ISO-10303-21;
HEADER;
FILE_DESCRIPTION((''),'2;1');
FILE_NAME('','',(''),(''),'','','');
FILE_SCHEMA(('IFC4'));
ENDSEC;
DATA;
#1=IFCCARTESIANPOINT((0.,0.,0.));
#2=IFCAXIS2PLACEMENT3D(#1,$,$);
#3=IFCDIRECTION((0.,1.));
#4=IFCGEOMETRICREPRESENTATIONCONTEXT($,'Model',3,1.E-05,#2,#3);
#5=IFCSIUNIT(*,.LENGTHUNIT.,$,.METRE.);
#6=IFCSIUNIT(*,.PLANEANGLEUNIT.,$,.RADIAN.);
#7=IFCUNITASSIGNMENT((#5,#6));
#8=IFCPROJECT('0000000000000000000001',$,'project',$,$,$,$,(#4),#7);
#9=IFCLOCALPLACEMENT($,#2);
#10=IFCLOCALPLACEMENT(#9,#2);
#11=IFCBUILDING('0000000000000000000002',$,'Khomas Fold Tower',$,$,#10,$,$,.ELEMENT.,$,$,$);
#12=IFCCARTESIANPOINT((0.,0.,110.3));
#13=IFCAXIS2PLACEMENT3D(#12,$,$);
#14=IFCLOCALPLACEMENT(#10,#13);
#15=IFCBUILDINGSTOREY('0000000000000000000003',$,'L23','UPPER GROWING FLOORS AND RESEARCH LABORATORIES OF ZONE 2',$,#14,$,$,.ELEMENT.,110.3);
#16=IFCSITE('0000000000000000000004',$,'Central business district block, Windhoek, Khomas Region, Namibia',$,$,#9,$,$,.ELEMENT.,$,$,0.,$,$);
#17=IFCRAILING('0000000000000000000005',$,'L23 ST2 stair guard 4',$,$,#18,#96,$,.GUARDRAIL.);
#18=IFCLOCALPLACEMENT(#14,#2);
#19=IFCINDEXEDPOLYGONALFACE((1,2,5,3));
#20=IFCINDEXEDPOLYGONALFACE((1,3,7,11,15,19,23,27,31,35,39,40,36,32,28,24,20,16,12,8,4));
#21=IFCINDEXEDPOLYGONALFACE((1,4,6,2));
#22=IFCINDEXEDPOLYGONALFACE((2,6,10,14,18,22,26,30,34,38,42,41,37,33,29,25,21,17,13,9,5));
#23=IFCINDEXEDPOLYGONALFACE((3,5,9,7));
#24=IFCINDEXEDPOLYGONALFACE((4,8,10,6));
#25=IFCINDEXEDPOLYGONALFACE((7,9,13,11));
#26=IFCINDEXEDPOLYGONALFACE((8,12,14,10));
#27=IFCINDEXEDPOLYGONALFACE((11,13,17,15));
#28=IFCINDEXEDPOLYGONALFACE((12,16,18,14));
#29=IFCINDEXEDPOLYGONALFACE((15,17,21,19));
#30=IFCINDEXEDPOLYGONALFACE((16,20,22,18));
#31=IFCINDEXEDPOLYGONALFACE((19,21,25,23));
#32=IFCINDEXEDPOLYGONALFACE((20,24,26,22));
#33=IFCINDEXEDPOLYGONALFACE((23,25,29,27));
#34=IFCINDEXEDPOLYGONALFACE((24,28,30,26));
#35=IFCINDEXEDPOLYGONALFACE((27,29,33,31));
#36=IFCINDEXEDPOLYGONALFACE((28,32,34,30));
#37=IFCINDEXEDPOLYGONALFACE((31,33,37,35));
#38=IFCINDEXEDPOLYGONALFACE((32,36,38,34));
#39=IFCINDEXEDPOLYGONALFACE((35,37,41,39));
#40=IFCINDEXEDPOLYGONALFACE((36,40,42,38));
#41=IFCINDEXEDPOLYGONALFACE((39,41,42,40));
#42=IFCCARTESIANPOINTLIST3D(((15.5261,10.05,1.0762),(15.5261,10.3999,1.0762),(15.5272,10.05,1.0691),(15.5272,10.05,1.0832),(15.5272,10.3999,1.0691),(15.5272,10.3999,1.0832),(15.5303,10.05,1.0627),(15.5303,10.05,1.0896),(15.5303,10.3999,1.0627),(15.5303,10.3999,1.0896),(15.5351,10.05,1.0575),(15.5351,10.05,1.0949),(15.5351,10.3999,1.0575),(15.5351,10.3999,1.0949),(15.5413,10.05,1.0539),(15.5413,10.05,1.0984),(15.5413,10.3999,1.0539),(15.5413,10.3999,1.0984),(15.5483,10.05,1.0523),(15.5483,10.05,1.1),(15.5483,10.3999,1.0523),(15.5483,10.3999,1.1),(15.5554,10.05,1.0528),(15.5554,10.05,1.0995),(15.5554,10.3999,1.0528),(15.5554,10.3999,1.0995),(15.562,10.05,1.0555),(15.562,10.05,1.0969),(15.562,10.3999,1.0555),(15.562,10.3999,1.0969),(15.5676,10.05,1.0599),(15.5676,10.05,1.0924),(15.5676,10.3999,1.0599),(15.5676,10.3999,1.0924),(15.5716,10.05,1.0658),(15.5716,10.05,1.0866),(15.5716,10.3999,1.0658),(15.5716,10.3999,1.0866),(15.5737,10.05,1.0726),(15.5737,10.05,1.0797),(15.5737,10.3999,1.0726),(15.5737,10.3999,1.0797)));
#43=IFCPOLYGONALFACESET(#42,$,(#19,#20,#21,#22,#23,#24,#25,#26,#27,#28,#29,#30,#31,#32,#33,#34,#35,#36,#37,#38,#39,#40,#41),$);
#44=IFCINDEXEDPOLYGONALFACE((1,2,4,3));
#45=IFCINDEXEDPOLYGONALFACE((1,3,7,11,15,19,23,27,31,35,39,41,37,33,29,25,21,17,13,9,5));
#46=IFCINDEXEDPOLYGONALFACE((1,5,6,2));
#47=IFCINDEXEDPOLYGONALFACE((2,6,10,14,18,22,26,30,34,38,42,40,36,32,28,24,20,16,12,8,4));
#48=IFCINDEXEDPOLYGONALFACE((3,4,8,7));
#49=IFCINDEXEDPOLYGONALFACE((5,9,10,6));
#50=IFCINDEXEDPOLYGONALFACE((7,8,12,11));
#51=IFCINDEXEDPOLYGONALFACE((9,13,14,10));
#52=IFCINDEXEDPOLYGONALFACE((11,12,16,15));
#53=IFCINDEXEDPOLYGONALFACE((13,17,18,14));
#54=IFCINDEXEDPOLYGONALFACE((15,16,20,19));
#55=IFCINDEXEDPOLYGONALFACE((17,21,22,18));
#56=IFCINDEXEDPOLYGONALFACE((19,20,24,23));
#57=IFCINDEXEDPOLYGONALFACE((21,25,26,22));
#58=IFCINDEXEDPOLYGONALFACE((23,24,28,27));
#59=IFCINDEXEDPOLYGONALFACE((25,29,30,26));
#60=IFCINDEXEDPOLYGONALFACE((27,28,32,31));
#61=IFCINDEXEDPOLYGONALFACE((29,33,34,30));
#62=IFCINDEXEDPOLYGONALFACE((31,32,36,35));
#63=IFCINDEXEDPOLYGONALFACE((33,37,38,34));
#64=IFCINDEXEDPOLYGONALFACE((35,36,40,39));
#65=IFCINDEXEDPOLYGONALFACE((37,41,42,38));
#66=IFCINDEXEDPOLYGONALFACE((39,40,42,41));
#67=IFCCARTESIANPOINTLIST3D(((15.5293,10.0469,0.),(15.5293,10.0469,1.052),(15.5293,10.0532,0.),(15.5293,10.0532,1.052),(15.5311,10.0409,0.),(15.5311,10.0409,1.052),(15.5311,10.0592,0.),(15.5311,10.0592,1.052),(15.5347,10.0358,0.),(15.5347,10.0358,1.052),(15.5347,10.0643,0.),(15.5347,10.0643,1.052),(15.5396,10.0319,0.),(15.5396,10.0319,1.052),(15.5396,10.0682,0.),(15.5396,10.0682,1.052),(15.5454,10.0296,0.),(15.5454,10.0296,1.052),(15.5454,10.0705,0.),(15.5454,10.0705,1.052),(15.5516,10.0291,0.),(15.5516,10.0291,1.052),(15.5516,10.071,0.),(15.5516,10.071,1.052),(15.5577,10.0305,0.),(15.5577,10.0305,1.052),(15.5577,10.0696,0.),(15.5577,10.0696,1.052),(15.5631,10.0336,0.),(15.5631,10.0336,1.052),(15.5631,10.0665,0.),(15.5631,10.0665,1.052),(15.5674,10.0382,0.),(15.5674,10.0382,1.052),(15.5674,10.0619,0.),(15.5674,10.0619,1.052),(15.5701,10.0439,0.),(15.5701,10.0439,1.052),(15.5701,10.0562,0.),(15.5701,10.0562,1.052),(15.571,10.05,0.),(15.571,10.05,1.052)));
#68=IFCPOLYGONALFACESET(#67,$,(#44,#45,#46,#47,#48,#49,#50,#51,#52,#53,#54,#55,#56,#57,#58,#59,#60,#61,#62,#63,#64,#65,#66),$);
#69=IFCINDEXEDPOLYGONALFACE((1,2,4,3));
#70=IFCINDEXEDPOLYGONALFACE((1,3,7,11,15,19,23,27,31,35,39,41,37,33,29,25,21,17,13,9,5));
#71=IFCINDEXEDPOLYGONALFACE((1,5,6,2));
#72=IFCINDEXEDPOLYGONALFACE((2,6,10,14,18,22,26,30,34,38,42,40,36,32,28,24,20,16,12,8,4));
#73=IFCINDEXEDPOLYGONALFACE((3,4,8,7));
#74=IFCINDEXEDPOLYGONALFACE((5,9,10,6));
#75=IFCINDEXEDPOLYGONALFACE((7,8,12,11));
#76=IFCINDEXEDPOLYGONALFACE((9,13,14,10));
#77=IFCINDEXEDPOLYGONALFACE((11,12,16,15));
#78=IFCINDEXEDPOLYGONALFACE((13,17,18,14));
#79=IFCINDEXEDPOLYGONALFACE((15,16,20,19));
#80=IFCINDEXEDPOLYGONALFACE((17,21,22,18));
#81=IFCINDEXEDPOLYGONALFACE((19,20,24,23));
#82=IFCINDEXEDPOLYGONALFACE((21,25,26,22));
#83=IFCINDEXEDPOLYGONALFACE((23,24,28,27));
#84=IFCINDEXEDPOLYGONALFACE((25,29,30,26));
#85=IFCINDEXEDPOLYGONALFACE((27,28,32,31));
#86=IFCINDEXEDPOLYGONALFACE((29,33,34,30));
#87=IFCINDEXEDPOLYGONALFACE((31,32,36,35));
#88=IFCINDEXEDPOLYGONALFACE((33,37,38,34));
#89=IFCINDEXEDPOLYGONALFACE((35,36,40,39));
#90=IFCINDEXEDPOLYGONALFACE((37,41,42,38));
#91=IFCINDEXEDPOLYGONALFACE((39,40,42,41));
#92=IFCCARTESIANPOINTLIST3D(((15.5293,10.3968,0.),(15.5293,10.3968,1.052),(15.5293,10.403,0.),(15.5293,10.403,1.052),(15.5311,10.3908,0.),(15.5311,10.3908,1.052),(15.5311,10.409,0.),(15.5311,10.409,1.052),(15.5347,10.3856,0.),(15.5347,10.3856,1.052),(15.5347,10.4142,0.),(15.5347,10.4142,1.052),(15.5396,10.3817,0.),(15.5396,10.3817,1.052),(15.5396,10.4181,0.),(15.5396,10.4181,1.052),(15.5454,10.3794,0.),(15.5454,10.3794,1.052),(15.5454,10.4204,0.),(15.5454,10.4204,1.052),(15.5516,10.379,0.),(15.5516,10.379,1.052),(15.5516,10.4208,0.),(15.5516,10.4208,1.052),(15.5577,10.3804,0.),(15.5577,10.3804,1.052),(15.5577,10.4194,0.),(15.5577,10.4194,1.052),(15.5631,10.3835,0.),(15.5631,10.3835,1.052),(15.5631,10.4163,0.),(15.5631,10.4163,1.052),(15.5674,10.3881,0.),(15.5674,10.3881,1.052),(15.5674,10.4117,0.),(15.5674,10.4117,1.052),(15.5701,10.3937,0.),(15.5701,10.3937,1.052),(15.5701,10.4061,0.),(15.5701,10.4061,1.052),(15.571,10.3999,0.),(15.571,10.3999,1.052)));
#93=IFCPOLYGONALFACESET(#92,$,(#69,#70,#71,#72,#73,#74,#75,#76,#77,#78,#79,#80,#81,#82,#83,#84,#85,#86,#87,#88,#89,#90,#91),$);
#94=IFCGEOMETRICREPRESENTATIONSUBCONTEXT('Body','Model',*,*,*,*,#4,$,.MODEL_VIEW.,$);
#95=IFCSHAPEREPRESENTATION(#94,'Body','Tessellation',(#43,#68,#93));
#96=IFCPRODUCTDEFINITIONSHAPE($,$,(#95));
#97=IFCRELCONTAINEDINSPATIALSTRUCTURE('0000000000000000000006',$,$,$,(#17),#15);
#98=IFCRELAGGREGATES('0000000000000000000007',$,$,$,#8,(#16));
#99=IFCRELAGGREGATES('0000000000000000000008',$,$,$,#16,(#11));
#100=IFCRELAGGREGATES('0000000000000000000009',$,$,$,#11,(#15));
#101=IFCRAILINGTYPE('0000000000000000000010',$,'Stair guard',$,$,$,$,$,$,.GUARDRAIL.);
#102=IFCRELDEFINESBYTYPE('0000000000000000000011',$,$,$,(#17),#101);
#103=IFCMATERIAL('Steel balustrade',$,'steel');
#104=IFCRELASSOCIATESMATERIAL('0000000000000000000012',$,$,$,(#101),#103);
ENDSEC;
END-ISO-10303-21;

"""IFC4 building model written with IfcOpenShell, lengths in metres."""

from ifc_helpers import new_model, si_unit, direction, frame, origin, origin_2d, place, context, subcontext, project, spatial, circle, extrude, source, transform, mapped, material, type_object, element, save


model = new_model("IFC4")

# Units and contexts
model_context = context("Model", 3, precision=1e-05, world=origin(), true_north=direction((0.0, 1.0)))
body_context = subcontext(model_context, "Body", "Model", "MODEL_VIEW")
ifc_project = project(units=[si_unit("LENGTHUNIT", "METRE"), si_unit("PLANEANGLEUNIT", "RADIAN")], contexts=[model_context])

# Site, building, storey
site_placement = place(None, origin())
site = spatial("IfcSite", under=ifc_project, at=site_placement, Name="Central business district block, Windhoek, Khomas Region, Namibia", CompositionType="ELEMENT", RefElevation=0.0)
building_placement = place(site_placement, origin())
building = spatial("IfcBuilding", under=site, at=building_placement, Name="Khomas Fold Tower", CompositionType="ELEMENT")
storey_placement = place(building_placement, frame((0.0, 0.0, 110.3)))
storey = spatial("IfcBuildingStorey", under=building, at=storey_placement, Name="L23", Description="UPPER GROWING FLOORS AND RESEARCH LABORATORIES OF ZONE 2", CompositionType="ELEMENT", Elevation=110.3)

# Railing
ifc_material_1 = material(Name="Steel balustrade", Category="steel")
railing_type_1 = type_object("IfcRailingType", Name="Stair guard", PredefinedType="GUARDRAIL", material=ifc_material_1)
shared_shape_1 = source(origin(), body_context, "Body", "SweptSolid", [
    extrude(circle(Radius=0.0239, at=origin_2d()), frame((0.0, 0.0, 1.0762), z_axis=(0.0, 1.0, 0.0), x_axis=(-1.0, 0.0, 0.0)), (0.0, 0.0, 1.0), 0.3499),
    extrude(circle(Radius=0.021, at=origin_2d()), origin(), (0.0, 0.0, 1.0), 1.052),
    extrude(circle(Radius=0.021, at=origin_2d()), frame((0.0, 0.3499, 0.0)), (0.0, 0.0, 1.0), 1.052),
])
for number, where, name in (
    (1, (15.55, 10.05, 0.0), "L23 ST2 stair guard 4"),
):
    element("IfcRailing", number, at=place(storey_placement, frame(where)), inside=storey, type_object=railing_type_1, Name=name, PredefinedType="GUARDRAIL", context=body_context, shape_type="MappedRepresentation", body=[
        mapped(shared_shape_1, transform((0.0, 0.0, 0.0))),
    ])

save(model, "model.ifc")
